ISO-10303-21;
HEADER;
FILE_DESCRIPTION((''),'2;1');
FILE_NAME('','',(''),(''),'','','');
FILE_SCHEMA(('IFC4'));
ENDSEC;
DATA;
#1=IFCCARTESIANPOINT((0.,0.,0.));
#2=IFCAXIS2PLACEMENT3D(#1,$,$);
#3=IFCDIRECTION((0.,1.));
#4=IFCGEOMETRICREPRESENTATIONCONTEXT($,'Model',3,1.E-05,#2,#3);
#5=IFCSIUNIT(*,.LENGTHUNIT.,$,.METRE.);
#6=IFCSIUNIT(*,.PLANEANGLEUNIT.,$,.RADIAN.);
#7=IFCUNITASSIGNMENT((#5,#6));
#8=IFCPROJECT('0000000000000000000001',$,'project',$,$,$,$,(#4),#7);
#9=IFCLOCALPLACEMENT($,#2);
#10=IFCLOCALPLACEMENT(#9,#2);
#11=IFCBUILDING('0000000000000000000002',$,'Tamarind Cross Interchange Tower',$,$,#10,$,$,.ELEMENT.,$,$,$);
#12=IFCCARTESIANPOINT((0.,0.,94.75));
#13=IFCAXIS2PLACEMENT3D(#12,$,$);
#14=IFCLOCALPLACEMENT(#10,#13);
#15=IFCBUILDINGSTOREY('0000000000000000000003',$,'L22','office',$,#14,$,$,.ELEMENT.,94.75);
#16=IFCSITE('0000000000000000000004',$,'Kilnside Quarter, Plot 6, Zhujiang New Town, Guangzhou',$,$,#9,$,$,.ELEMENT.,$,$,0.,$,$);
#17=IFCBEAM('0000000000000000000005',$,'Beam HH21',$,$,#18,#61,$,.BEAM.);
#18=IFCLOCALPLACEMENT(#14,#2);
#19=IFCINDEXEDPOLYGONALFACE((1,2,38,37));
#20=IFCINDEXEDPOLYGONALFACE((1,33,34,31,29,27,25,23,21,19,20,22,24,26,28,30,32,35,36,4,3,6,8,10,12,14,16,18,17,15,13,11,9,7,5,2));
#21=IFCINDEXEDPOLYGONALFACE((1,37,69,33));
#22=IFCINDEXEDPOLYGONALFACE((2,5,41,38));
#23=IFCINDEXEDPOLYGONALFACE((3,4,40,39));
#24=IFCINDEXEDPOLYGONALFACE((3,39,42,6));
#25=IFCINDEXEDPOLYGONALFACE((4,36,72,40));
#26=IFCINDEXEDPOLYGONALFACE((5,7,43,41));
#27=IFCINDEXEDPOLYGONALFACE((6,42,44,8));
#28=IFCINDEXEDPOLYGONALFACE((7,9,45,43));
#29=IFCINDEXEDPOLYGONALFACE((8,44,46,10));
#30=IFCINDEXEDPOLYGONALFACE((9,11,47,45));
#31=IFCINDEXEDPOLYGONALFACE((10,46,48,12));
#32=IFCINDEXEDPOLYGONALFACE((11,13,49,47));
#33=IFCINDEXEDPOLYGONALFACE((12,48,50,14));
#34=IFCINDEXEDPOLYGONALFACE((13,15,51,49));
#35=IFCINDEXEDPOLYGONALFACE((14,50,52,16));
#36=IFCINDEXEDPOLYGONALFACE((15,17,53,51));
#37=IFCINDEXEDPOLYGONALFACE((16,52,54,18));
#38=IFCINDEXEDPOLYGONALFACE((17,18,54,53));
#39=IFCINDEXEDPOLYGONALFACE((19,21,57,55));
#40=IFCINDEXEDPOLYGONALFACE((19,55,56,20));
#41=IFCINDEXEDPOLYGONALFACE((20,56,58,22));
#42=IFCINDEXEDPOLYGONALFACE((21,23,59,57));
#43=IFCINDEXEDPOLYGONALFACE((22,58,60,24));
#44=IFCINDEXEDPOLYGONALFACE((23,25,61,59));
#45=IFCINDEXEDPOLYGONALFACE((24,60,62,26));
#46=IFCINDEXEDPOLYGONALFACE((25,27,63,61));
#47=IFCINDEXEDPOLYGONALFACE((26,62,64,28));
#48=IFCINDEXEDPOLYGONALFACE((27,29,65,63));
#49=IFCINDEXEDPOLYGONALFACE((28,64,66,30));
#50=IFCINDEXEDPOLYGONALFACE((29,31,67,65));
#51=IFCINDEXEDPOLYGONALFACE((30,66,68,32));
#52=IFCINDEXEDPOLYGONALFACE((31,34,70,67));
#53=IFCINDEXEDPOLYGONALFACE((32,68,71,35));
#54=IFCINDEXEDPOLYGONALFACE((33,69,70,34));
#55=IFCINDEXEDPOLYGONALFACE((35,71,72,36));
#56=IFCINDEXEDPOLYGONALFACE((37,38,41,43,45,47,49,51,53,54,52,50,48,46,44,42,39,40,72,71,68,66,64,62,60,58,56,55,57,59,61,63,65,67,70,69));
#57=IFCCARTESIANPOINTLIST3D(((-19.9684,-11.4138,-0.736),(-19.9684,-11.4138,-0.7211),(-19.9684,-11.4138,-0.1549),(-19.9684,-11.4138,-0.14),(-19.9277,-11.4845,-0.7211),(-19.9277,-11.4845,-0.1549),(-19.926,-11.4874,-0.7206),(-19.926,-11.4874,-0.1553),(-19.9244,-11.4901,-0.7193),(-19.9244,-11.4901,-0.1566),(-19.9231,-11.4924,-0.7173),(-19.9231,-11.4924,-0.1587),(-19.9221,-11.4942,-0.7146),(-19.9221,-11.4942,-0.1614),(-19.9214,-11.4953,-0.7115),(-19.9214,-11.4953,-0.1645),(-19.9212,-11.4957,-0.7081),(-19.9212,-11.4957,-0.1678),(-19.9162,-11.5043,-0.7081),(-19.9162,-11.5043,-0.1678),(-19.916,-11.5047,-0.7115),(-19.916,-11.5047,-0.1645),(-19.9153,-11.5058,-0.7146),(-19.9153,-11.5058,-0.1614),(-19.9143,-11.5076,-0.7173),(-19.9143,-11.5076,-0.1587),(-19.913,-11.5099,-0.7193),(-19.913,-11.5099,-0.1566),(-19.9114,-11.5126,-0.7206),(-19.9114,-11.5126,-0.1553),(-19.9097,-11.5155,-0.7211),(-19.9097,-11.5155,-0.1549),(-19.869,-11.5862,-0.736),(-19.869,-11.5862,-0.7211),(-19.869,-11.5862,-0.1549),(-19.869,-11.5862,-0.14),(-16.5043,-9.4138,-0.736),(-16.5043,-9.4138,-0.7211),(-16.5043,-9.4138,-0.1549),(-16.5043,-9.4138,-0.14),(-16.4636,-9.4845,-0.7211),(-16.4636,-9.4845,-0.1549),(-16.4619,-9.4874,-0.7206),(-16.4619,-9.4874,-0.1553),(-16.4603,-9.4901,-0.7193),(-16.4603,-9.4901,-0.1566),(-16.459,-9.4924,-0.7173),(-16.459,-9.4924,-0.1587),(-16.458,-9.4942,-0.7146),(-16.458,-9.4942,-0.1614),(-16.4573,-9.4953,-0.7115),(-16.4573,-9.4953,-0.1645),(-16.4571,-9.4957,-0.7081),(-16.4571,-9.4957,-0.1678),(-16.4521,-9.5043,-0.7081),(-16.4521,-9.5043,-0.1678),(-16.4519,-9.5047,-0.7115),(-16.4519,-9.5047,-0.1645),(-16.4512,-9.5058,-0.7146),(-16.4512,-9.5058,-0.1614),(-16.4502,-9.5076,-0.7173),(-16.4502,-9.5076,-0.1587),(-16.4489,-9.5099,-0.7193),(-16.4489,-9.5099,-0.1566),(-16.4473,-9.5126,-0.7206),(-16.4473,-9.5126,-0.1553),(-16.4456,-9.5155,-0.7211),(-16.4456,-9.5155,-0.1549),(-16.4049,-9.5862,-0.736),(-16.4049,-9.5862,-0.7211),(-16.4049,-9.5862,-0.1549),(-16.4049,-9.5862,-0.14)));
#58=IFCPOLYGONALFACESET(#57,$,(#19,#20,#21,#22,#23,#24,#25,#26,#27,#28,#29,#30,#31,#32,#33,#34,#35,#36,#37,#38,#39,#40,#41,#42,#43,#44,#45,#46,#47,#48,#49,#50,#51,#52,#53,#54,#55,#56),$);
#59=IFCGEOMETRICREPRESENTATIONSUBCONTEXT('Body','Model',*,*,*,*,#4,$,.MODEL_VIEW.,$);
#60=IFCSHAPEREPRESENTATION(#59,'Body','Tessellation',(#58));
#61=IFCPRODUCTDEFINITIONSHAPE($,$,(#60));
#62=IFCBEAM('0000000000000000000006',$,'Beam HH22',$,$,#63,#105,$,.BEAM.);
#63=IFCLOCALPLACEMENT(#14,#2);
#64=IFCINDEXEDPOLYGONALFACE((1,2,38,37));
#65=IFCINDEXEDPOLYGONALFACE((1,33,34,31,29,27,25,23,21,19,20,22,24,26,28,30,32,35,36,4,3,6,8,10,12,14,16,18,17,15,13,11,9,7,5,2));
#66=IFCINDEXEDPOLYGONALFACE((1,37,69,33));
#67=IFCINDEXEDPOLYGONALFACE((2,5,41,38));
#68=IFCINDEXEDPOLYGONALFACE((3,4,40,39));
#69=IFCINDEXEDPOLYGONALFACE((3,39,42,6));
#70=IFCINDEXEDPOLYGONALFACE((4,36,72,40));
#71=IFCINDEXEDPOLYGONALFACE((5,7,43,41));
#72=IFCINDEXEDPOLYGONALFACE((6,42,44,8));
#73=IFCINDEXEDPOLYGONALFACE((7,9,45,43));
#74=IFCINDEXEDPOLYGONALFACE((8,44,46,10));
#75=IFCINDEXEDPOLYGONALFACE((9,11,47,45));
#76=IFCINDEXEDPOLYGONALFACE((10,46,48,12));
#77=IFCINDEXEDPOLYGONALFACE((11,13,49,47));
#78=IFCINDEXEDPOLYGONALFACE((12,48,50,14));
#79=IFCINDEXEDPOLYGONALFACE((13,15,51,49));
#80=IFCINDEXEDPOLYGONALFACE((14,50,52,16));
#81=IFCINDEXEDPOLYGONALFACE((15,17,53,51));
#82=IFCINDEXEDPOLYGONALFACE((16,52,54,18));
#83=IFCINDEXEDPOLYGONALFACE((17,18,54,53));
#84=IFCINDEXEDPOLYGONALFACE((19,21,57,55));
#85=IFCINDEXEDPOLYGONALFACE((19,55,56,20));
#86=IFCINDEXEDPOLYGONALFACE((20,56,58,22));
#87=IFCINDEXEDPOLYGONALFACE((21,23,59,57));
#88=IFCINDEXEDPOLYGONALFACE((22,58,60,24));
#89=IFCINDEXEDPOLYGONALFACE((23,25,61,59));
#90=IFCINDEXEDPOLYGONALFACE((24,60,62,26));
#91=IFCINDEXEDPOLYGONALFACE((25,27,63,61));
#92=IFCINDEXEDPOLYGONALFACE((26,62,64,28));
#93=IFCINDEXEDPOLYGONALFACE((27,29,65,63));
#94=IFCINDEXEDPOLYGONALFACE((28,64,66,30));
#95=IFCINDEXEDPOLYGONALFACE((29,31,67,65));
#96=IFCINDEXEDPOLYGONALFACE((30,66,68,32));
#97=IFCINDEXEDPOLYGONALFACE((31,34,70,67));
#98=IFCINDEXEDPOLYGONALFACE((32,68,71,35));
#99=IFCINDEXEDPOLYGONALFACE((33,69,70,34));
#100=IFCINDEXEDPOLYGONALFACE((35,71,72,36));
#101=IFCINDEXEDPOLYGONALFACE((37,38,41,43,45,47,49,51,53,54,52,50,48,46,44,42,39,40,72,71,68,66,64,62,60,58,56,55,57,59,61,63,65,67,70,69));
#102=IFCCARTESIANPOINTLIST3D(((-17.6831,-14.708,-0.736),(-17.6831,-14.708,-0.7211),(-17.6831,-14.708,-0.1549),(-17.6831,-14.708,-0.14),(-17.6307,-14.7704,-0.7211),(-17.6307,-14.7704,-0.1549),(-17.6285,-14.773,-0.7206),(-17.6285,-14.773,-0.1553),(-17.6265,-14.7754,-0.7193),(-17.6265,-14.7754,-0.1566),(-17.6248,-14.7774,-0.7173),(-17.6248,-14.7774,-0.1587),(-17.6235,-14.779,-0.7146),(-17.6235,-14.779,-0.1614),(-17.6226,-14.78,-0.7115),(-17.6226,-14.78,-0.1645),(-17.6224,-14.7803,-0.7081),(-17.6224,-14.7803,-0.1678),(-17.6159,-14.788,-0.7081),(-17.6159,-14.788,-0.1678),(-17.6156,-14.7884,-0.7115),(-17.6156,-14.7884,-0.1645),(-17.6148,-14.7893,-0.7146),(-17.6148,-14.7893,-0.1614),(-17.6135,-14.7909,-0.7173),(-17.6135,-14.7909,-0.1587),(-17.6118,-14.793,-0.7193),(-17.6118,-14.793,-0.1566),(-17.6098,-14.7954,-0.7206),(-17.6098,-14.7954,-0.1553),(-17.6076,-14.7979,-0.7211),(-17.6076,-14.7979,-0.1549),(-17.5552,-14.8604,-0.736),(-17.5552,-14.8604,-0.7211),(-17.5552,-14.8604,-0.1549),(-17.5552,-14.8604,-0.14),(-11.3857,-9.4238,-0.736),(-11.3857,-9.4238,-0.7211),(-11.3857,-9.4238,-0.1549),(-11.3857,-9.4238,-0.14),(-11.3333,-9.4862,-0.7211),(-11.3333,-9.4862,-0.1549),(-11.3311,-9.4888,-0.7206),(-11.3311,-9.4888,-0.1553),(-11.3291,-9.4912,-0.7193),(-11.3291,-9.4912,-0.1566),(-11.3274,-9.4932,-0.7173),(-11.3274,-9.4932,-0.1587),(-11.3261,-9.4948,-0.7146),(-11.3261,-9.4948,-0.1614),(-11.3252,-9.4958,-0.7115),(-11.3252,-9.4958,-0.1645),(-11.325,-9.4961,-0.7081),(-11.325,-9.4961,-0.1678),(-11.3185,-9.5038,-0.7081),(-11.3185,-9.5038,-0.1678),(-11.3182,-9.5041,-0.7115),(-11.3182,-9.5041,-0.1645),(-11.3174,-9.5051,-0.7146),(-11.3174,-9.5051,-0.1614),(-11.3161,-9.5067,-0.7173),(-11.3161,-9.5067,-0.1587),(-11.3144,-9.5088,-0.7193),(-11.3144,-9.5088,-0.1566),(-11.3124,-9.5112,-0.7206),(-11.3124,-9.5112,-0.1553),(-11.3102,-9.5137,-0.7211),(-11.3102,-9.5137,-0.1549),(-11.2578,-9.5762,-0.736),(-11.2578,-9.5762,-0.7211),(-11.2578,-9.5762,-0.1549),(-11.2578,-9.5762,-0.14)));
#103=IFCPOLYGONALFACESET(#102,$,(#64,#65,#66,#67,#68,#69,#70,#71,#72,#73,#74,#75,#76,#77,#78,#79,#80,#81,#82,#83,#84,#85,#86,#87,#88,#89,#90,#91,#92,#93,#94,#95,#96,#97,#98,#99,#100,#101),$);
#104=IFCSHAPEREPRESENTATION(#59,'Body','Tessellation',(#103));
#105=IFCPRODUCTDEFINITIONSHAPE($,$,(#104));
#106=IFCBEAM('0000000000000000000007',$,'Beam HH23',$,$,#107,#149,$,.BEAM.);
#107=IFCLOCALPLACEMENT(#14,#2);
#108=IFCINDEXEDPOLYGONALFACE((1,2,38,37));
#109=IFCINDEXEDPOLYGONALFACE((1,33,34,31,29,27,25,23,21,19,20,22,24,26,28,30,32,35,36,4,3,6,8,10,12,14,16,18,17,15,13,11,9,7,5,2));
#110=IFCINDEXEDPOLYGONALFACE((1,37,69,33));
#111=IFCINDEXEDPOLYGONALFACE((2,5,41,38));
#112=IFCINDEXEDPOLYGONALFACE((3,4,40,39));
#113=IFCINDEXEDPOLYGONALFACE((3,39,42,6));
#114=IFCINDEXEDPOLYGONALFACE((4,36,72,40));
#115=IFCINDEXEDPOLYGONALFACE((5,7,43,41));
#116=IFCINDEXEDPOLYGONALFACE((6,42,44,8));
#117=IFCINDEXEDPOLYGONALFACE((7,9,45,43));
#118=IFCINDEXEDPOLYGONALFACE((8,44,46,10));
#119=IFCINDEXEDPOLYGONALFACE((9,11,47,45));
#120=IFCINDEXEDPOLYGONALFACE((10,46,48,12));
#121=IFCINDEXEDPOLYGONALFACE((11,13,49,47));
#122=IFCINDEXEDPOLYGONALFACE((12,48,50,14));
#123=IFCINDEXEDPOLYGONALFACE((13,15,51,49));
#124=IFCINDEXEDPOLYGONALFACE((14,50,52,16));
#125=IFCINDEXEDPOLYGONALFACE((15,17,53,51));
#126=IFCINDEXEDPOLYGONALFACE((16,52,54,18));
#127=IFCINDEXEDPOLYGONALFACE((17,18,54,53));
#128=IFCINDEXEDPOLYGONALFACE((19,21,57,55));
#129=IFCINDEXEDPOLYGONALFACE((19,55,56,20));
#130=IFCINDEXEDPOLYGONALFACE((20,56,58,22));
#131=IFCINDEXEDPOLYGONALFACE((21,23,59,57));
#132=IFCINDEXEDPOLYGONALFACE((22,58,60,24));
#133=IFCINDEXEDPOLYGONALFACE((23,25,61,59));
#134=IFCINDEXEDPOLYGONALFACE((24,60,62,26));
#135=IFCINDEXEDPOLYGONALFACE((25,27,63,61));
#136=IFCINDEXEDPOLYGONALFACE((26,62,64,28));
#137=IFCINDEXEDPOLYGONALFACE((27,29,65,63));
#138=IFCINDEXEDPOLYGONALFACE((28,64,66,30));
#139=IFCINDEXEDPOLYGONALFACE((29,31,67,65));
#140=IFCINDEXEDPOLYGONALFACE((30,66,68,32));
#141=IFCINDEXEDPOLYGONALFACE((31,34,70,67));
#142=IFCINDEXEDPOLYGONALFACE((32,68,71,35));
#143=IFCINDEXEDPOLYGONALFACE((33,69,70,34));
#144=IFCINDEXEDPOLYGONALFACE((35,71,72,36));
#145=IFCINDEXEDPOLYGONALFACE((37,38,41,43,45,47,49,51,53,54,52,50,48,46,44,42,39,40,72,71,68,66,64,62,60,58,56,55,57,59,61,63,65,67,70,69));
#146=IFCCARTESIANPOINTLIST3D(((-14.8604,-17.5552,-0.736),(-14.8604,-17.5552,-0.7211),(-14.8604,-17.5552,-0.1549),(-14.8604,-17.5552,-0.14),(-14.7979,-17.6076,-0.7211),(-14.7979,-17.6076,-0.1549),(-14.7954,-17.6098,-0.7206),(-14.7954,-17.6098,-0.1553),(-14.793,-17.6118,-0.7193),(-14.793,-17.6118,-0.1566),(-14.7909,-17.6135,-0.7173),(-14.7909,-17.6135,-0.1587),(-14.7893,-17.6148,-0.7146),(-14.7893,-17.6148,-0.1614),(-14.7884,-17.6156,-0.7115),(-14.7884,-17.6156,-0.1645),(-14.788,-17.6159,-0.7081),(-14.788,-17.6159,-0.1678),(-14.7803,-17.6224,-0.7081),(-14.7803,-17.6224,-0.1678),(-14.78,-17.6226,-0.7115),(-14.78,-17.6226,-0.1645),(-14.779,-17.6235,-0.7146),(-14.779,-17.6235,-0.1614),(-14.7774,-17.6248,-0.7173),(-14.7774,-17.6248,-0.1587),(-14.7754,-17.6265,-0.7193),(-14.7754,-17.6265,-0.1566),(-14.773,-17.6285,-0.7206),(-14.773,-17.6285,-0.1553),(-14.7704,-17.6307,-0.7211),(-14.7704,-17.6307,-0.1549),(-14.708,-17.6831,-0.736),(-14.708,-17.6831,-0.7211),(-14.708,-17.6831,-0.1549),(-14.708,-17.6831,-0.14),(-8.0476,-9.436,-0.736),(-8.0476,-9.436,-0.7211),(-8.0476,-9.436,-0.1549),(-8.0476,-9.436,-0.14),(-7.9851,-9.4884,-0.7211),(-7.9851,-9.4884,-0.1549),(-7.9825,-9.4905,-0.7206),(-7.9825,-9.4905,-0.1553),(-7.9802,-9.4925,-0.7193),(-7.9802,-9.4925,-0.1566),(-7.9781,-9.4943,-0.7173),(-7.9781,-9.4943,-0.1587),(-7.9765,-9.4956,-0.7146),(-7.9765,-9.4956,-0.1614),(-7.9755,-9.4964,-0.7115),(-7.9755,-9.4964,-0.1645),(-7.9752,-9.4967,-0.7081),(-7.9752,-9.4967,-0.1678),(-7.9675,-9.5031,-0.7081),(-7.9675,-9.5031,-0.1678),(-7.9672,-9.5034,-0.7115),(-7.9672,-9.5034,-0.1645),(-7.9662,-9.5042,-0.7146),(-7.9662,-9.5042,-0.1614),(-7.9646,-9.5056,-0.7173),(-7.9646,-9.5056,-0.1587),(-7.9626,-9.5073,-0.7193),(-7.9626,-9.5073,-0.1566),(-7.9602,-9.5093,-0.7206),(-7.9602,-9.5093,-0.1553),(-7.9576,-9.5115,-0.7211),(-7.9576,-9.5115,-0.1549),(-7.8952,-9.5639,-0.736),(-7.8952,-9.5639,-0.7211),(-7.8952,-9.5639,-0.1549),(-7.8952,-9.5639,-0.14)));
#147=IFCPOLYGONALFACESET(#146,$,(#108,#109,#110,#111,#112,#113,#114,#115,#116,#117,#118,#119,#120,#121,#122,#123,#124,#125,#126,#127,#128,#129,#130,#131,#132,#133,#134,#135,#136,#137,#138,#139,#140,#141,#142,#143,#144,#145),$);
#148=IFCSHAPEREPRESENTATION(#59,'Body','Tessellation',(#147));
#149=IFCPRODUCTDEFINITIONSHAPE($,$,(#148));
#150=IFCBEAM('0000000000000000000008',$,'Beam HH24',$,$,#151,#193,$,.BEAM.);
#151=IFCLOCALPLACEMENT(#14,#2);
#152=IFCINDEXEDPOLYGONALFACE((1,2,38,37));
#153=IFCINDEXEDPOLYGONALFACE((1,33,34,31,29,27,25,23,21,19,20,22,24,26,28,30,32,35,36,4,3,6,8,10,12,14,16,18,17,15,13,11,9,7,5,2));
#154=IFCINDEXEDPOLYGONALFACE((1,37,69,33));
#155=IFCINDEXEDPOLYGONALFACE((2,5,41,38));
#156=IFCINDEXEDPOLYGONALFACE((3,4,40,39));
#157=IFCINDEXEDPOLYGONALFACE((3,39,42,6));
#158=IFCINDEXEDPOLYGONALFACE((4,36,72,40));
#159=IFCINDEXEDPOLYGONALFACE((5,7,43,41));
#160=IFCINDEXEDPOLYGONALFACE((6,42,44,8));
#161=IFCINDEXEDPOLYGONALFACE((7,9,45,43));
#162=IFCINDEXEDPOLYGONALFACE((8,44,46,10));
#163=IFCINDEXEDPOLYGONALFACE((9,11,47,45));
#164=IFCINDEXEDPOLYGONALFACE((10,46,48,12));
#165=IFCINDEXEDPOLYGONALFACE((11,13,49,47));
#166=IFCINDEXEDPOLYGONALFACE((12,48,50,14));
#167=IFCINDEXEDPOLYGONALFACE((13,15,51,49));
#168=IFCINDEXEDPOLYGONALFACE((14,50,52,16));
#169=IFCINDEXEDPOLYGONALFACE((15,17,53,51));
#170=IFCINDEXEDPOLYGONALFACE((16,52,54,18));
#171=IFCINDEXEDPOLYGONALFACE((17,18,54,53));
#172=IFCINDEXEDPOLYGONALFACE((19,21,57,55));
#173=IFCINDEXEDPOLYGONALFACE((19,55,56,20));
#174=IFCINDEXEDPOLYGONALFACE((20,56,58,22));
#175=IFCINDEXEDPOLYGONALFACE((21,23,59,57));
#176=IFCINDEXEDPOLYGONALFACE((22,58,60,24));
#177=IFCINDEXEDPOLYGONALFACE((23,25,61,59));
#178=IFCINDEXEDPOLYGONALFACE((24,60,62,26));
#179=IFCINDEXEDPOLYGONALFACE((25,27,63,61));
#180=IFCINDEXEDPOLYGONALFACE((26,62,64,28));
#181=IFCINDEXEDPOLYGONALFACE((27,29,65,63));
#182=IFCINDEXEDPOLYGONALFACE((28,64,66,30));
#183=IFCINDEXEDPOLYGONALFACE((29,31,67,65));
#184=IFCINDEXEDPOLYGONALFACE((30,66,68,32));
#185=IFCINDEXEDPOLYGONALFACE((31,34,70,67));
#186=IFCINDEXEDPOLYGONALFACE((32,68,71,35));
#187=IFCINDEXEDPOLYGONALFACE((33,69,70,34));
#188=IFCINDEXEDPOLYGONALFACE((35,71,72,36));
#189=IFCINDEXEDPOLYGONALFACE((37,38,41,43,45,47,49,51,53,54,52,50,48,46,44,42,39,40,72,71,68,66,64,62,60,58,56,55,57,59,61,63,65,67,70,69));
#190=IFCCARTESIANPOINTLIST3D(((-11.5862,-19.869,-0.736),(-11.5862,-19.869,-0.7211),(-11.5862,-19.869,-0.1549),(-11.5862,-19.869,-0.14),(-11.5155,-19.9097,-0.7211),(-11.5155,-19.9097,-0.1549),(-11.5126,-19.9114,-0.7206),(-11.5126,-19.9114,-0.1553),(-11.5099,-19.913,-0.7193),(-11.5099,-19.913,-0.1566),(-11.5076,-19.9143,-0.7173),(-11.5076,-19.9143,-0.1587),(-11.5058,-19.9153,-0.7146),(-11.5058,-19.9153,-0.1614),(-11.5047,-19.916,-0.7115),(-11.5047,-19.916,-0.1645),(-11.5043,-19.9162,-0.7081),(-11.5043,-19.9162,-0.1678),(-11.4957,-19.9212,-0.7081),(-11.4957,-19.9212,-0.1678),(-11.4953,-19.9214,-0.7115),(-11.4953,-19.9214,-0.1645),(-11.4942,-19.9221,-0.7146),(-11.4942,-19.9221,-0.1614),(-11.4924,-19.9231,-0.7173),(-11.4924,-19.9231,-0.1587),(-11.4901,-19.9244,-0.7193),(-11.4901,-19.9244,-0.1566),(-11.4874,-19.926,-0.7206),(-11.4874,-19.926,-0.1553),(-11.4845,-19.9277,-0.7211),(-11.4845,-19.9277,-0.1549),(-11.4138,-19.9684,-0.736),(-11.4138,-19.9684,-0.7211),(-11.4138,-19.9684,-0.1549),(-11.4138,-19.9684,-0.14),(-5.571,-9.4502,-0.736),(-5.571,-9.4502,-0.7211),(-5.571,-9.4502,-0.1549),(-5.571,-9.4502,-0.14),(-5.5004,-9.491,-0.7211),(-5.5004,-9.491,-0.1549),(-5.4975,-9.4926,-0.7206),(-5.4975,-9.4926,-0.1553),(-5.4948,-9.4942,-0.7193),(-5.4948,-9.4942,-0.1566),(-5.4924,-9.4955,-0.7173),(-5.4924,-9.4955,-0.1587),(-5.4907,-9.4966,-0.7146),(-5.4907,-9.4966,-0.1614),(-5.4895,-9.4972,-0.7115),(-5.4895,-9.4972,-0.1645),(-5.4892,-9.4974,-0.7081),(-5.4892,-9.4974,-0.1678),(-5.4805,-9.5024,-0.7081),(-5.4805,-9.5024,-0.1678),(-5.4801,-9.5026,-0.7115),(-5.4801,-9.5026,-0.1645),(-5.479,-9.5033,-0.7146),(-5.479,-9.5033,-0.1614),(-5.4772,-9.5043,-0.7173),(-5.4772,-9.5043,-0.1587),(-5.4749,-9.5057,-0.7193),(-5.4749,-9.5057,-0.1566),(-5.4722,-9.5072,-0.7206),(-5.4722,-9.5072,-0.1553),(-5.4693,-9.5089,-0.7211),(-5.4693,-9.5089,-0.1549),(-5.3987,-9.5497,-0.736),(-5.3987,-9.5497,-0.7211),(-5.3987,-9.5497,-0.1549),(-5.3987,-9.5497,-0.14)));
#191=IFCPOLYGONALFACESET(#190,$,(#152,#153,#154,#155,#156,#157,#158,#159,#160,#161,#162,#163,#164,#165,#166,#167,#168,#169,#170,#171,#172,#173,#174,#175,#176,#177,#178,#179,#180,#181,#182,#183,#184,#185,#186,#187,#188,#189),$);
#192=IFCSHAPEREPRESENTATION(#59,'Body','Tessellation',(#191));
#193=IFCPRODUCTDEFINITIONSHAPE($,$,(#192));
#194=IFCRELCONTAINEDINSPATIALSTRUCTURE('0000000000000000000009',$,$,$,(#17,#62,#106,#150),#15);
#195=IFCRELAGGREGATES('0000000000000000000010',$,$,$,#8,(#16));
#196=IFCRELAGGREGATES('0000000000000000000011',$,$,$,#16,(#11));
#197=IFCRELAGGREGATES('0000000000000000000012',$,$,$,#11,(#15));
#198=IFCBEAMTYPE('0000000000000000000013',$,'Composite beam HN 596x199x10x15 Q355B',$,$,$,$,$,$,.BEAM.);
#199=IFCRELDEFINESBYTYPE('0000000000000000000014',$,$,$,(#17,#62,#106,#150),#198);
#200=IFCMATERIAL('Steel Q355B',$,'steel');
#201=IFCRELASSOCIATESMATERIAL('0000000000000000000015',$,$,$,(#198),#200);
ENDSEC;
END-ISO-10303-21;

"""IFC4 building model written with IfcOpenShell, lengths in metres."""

from ifc_helpers import new_model, si_unit, direction, frame, origin, origin_2d, place, context, subcontext, project, spatial, i_section, extrude, material, material_profile, profile_set, type_object, element, save


model = new_model("IFC4")

# Units and contexts
model_context = context("Model", 3, precision=1e-05, world=origin(), true_north=direction((0.0, 1.0)))
body_context = subcontext(model_context, "Body", "Model", "MODEL_VIEW")
ifc_project = project(units=[si_unit("LENGTHUNIT", "METRE"), si_unit("PLANEANGLEUNIT", "RADIAN")], contexts=[model_context])

# Site, building, storey
site_placement = place(None, origin())
site = spatial("IfcSite", under=ifc_project, at=site_placement, Name="Kilnside Quarter, Plot 6, Zhujiang New Town, Guangzhou", CompositionType="ELEMENT", RefElevation=0.0)
building_placement = place(site_placement, origin())
building = spatial("IfcBuilding", under=site, at=building_placement, Name="Tamarind Cross Interchange Tower", CompositionType="ELEMENT")
storey_placement = place(building_placement, frame((0.0, 0.0, 94.75)))
storey = spatial("IfcBuildingStorey", under=building, at=storey_placement, Name="L22", Description="office", CompositionType="ELEMENT", Elevation=94.75)

# Beams
ifc_material_1 = material(Name="Steel Q355B", Category="steel")
ifc_material_profile_1 = material_profile(ifc_material_1, i_section(OverallWidth=0.199, OverallDepth=0.5959, WebThickness=0.01, FlangeThickness=0.0149, FilletRadius=0.0129, at=origin_2d()), Name="HN 596x199x10x15")
ifc_profile_set_1 = profile_set([ifc_material_profile_1], Name="Steel Q355B")
beam_type = type_object("IfcBeamType", Name="Composite beam HN 596x199x10x15 Q355B", PredefinedType="BEAM", material=ifc_profile_set_1)
beam_1_placement = place(storey_placement, frame((-19.9187, -11.5, -0.438), z_axis=(0.866026, 0.499999, 0.0), x_axis=(-0.499999, 0.866026, 0.0)))
element("IfcBeam", 1, at=beam_1_placement, inside=storey, type_object=beam_type, Name="Beam HH21", PredefinedType="BEAM", context=body_context, shape_type="SweptSolid", body=[
    extrude(i_section(OverallWidth=0.199, OverallDepth=0.5959, WebThickness=0.01, FlangeThickness=0.0149, FilletRadius=0.0129, at=origin_2d()), origin(), (0.0, 0.0, 1.0), 4.0),
])
beam_2_placement = place(storey_placement, frame((-17.6191, -14.7842, -0.438), z_axis=(0.766041, 0.642792, 0.0), x_axis=(-0.642792, 0.766041, 0.0)))
element("IfcBeam", 2, at=beam_2_placement, inside=storey, type_object=beam_type, Name="Beam HH22", PredefinedType="BEAM", context=body_context, shape_type="SweptSolid", body=[
    extrude(i_section(OverallWidth=0.199, OverallDepth=0.5959, WebThickness=0.01, FlangeThickness=0.0149, FilletRadius=0.0129, at=origin_2d()), origin(), (0.0, 0.0, 1.0), 8.2207),
])
beam_3_placement = place(storey_placement, frame((-14.7842, -17.6191, -0.438), z_axis=(0.642786, 0.766046, 0.0), x_axis=(-0.766046, 0.642786, 0.0)))
element("IfcBeam", 3, at=beam_3_placement, inside=storey, type_object=beam_type, Name="Beam HH23", PredefinedType="BEAM", context=body_context, shape_type="SweptSolid", body=[
    extrude(i_section(OverallWidth=0.199, OverallDepth=0.5959, WebThickness=0.01, FlangeThickness=0.0149, FilletRadius=0.0129, at=origin_2d()), origin(), (0.0, 0.0, 1.0), 10.5989),
])
beam_4_placement = place(storey_placement, frame((-11.5, -19.9187, -0.438), z_axis=(0.499994, 0.866029, 0.0), x_axis=(-0.866029, 0.499994, 0.0)))
element("IfcBeam", 4, at=beam_4_placement, inside=storey, type_object=beam_type, Name="Beam HH24", PredefinedType="BEAM", context=body_context, shape_type="SweptSolid", body=[
    extrude(i_section(OverallWidth=0.199, OverallDepth=0.5959, WebThickness=0.01, FlangeThickness=0.0149, FilletRadius=0.0129, at=origin_2d()), origin(), (0.0, 0.0, 1.0), 12.0305),
])

save(model, "model.ifc")
